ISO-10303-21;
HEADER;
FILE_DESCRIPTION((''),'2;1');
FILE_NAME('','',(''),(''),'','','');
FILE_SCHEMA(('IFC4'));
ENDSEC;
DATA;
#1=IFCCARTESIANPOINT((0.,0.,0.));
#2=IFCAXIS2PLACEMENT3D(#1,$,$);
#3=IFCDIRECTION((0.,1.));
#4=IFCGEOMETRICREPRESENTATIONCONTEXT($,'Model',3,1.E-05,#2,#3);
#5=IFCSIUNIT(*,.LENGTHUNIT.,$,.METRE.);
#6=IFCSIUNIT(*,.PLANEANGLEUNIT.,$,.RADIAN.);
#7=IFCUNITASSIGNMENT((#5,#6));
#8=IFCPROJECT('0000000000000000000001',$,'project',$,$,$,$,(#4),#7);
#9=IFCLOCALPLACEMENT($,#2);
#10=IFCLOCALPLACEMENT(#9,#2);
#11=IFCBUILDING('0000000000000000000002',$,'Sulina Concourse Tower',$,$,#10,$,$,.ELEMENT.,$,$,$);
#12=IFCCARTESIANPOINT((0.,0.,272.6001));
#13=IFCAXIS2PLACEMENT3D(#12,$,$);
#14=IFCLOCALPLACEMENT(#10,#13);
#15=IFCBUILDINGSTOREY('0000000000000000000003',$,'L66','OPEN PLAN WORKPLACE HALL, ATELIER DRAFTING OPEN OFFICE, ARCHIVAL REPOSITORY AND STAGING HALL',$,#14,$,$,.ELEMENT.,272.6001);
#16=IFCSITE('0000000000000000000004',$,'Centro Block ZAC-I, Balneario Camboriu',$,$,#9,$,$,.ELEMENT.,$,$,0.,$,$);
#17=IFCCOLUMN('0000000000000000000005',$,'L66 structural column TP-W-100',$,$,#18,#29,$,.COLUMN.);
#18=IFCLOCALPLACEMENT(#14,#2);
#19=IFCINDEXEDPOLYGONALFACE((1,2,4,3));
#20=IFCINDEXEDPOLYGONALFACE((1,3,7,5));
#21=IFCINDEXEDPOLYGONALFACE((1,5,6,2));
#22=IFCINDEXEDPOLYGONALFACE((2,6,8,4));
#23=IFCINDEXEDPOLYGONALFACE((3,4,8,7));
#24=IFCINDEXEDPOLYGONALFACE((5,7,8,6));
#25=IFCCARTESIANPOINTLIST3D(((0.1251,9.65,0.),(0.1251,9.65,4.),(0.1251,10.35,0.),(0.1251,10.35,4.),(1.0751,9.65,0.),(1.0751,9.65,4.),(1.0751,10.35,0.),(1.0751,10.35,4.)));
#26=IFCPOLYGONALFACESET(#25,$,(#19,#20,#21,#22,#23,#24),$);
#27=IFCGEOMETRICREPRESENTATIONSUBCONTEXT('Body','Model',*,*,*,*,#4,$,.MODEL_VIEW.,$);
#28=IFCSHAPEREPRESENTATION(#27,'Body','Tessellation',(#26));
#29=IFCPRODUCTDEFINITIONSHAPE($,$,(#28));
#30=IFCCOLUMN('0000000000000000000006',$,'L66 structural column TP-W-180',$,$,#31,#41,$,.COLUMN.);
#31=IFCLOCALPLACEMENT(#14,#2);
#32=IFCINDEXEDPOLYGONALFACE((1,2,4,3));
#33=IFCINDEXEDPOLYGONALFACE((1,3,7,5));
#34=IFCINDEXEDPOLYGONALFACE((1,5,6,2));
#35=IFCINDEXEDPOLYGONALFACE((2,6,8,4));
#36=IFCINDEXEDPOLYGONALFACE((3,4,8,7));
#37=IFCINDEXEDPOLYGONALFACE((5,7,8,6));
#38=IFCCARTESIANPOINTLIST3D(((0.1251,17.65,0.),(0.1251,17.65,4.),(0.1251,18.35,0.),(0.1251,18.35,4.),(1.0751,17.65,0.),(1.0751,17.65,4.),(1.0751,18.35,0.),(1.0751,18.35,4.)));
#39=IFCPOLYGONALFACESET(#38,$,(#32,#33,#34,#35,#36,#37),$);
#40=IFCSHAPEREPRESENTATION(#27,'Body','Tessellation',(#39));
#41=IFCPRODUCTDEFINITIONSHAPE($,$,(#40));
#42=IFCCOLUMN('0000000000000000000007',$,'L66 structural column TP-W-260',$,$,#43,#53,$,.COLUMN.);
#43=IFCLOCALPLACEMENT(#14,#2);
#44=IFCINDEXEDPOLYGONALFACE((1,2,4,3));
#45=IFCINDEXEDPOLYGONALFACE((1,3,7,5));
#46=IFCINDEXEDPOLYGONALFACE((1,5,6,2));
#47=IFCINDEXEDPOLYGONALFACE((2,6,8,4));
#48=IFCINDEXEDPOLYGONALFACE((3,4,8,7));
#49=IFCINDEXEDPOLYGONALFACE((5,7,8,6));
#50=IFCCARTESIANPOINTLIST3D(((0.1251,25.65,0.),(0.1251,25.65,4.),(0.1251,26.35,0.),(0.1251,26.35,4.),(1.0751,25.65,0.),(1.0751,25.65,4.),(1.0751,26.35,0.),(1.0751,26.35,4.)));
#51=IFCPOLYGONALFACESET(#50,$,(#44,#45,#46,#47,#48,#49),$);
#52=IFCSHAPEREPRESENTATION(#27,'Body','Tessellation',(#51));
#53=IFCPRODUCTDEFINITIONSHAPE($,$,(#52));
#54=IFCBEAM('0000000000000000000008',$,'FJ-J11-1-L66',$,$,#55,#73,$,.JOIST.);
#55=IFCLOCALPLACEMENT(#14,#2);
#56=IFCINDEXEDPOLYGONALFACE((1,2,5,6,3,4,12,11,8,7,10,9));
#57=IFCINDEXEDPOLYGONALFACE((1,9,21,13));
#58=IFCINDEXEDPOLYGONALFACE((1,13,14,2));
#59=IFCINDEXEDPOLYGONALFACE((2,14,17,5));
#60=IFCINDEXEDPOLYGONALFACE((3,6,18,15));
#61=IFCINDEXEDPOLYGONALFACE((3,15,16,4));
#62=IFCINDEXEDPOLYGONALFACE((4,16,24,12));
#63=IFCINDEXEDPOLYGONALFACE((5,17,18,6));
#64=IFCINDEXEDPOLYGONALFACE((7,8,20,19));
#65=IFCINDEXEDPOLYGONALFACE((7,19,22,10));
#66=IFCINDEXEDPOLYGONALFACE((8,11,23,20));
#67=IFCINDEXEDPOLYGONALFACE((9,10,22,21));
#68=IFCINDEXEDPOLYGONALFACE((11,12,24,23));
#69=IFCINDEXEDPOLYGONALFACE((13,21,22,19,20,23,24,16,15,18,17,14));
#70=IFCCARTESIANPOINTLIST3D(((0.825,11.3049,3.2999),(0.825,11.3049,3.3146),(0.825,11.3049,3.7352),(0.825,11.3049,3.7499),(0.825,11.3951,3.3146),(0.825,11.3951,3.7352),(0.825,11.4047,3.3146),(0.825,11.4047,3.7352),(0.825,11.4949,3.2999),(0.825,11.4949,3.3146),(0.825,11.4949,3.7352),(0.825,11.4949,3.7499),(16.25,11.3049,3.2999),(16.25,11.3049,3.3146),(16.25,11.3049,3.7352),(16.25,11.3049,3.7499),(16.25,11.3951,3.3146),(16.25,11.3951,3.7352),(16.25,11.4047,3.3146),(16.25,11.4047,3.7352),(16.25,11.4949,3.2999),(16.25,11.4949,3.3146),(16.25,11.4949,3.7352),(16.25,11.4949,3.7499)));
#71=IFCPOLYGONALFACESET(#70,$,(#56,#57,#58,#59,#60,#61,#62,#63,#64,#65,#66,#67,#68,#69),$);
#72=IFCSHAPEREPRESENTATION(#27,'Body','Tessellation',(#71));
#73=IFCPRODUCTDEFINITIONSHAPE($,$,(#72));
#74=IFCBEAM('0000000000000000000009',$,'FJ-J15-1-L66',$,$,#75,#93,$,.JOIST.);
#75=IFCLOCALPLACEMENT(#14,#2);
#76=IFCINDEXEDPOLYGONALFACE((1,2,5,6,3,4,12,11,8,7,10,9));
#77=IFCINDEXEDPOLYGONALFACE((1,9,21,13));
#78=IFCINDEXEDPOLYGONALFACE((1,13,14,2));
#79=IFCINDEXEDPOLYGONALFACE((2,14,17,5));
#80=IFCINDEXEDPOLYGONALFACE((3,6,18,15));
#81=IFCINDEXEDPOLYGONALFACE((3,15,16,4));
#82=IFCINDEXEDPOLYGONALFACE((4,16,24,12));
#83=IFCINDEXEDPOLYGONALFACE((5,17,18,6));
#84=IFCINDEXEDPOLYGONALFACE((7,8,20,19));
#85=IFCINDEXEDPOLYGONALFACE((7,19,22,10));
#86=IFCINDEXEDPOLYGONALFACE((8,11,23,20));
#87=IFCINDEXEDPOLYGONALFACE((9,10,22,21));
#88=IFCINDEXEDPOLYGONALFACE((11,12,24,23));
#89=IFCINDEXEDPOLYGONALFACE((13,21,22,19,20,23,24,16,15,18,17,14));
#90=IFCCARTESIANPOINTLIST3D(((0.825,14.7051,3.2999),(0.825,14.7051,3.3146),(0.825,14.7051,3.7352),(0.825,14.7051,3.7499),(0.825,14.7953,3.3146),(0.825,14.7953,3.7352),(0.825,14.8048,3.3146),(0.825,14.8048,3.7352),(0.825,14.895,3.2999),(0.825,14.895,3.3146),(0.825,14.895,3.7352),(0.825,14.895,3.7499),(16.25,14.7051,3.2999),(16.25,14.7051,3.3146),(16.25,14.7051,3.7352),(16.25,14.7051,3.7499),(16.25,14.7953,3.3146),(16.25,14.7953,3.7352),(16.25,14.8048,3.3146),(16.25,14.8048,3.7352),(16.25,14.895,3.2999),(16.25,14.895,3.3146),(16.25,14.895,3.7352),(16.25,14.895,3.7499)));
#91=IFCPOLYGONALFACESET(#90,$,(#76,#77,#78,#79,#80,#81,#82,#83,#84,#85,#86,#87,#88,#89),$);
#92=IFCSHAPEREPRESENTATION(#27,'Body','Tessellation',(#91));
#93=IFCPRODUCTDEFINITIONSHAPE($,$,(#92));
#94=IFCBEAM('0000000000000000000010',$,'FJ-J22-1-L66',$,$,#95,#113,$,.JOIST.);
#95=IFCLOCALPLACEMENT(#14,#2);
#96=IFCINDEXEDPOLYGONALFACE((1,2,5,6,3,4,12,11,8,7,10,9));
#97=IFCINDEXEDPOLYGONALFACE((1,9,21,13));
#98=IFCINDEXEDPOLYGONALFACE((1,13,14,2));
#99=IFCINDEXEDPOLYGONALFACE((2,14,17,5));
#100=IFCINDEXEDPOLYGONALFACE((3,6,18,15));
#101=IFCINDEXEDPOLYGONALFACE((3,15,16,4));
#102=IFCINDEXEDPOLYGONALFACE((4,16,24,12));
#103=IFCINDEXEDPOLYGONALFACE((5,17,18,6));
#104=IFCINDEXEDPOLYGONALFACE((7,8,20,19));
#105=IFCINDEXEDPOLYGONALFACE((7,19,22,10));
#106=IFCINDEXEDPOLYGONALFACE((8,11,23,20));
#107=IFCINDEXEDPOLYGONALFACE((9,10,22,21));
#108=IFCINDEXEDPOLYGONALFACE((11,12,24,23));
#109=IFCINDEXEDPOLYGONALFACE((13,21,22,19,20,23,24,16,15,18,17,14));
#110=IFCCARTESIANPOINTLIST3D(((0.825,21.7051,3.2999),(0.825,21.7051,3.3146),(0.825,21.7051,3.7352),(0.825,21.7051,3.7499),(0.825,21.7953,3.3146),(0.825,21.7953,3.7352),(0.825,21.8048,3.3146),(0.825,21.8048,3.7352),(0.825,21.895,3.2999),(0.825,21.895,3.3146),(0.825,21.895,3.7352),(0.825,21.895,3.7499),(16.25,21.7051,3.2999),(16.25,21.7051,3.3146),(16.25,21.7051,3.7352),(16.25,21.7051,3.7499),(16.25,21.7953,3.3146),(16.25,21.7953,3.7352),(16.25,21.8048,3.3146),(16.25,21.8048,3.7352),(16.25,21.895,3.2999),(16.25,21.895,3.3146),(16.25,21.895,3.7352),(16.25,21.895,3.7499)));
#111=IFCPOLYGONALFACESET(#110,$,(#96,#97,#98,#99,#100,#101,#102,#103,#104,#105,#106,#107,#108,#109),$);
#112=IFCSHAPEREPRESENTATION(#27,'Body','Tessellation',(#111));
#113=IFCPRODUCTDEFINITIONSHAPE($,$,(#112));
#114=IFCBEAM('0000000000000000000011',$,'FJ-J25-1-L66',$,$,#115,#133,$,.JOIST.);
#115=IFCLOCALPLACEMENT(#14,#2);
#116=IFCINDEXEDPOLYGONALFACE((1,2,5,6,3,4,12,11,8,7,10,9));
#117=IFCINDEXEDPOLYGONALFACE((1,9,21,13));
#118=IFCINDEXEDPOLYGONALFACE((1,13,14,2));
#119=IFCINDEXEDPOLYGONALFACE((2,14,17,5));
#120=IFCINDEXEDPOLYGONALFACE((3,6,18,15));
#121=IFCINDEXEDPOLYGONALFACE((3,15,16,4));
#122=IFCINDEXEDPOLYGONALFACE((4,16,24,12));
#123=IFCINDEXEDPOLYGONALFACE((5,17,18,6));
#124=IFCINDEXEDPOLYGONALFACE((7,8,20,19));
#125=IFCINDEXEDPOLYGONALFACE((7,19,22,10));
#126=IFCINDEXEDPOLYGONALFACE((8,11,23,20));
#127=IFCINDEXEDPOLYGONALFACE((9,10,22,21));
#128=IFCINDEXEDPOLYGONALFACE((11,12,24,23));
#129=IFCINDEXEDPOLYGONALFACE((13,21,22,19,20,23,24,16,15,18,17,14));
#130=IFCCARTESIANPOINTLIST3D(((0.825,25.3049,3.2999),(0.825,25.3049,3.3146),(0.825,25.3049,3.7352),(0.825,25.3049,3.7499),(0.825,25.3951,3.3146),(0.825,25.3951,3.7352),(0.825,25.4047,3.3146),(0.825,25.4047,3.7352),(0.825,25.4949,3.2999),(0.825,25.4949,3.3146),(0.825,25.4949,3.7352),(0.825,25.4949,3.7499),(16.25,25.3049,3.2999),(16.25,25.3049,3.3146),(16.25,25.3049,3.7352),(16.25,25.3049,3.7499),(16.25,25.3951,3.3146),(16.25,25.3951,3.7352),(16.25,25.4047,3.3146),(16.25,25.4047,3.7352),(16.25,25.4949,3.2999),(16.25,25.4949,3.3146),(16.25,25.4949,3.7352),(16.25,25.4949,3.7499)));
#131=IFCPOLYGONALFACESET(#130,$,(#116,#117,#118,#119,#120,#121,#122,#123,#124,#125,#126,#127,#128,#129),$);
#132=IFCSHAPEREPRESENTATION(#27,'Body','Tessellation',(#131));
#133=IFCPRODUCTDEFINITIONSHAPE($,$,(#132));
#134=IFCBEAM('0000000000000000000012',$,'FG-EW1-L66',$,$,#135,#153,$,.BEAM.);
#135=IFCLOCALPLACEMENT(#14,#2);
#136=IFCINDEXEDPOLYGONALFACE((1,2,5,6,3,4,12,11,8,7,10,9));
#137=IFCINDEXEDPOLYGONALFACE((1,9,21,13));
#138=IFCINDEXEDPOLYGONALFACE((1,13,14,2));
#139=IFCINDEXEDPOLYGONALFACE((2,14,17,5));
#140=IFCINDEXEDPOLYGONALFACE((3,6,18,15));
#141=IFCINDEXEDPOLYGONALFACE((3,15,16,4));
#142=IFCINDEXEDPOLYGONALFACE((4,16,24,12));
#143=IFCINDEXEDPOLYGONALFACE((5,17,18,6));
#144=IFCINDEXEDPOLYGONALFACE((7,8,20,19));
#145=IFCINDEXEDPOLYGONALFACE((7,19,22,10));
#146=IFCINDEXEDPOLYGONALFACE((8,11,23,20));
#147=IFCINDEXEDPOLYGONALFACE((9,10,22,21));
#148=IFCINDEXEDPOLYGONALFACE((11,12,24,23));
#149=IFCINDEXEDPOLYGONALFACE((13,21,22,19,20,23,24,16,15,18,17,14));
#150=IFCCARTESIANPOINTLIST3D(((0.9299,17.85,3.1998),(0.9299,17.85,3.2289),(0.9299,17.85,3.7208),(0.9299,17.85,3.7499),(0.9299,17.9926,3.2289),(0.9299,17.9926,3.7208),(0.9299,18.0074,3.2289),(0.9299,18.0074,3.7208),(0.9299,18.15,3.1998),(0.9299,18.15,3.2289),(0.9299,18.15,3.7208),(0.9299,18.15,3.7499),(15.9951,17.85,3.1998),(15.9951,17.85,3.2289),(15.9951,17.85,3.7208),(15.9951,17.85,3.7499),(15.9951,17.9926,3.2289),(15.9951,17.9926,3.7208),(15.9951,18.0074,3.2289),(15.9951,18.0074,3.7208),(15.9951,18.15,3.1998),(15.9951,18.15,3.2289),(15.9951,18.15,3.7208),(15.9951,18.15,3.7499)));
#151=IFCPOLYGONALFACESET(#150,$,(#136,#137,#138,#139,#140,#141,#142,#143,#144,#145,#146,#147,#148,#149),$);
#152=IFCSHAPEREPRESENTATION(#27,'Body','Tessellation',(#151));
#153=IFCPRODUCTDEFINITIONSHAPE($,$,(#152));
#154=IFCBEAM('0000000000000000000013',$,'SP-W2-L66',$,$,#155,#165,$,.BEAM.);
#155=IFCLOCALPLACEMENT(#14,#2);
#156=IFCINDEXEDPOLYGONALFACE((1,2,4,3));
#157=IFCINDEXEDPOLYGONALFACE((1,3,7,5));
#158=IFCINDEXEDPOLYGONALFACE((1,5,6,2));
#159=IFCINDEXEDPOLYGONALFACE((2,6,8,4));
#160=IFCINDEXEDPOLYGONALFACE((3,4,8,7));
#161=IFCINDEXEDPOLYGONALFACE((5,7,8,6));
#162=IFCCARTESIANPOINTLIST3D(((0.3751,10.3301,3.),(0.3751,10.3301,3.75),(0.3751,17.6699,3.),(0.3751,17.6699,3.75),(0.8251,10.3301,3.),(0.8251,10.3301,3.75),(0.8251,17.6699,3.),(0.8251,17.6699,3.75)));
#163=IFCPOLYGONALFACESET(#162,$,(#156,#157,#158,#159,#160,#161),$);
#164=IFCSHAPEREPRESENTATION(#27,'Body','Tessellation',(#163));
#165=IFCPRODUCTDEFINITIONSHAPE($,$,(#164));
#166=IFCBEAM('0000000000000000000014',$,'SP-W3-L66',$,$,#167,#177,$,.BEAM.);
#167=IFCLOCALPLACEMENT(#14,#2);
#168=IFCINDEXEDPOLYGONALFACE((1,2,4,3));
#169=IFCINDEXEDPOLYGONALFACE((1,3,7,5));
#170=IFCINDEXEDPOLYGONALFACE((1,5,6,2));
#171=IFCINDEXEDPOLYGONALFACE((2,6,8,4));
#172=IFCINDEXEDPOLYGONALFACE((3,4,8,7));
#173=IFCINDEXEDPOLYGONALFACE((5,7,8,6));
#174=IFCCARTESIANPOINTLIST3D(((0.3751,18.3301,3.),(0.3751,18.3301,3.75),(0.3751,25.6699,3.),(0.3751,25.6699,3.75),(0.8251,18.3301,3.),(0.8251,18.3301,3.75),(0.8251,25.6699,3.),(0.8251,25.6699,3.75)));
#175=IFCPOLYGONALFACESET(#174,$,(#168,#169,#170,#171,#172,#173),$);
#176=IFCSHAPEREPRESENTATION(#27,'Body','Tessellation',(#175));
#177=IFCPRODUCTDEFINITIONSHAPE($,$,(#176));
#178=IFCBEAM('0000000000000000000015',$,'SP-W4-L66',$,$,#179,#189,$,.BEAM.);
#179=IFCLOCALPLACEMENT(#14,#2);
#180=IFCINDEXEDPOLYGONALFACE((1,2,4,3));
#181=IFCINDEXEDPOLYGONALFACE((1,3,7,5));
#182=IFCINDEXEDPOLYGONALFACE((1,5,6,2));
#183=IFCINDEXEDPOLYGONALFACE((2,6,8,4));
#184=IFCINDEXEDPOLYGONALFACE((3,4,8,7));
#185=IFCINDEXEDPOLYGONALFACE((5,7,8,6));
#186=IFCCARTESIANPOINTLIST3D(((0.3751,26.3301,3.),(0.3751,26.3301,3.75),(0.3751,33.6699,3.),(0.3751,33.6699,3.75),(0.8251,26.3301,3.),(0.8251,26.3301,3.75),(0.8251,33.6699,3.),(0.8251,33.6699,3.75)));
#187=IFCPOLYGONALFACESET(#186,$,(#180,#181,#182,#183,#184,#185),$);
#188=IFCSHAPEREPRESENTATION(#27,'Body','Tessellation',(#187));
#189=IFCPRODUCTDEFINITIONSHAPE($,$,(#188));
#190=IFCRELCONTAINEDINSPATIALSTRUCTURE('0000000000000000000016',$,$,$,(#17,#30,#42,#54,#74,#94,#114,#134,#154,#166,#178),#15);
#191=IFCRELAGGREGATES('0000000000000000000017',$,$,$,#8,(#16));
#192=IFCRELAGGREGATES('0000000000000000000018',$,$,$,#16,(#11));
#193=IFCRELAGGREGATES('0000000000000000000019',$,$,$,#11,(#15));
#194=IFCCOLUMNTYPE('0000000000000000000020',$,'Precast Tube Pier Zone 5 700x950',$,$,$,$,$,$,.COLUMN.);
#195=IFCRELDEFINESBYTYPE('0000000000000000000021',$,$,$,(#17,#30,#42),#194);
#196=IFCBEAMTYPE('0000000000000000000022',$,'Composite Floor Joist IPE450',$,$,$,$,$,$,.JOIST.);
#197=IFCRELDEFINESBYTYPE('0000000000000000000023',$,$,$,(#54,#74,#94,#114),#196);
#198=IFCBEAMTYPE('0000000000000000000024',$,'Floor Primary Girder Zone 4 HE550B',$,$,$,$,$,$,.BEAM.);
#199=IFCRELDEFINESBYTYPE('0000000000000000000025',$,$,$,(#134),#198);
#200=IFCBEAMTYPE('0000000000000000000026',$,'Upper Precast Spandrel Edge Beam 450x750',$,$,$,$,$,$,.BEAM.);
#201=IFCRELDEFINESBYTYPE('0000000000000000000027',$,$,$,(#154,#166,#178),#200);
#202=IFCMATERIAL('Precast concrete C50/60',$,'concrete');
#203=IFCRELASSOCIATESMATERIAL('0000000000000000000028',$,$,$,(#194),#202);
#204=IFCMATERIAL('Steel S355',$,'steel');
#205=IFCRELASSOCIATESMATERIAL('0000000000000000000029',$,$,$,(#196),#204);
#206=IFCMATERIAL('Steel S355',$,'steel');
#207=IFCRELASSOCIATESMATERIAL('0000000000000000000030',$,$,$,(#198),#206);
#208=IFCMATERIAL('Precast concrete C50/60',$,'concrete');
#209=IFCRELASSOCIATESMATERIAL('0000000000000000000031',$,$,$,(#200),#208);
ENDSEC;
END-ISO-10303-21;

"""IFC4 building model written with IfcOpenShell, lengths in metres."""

from ifc_helpers import new_model, si_unit, direction, frame, origin, origin_2d, place, context, subcontext, project, spatial, rectangle, i_section, extrude, material, material_profile, profile_set, type_object, element, save


model = new_model("IFC4")

# Units and contexts
model_context = context("Model", 3, precision=1e-05, world=origin(), true_north=direction((0.0, 1.0)))
body_context = subcontext(model_context, "Body", "Model", "MODEL_VIEW")
ifc_project = project(units=[si_unit("LENGTHUNIT", "METRE"), si_unit("PLANEANGLEUNIT", "RADIAN")], contexts=[model_context])

# Site, building, storey
site_placement = place(None, origin())
site = spatial("IfcSite", under=ifc_project, at=site_placement, Name="Centro Block ZAC-I, Balneario Camboriu", CompositionType="ELEMENT", RefElevation=0.0)
building_placement = place(site_placement, origin())
building = spatial("IfcBuilding", under=site, at=building_placement, Name="Sulina Concourse Tower", CompositionType="ELEMENT")
storey_placement = place(building_placement, frame((0.0, 0.0, 272.6001)))
storey = spatial("IfcBuildingStorey", under=building, at=storey_placement, Name="L66", Description="OPEN PLAN WORKPLACE HALL, ATELIER DRAFTING OPEN OFFICE, ARCHIVAL REPOSITORY AND STAGING HALL", CompositionType="ELEMENT", Elevation=272.6001)

# Columns
ifc_material_1 = material(Name="Precast concrete C50/60", Category="concrete")
ifc_material_profile_1 = material_profile(ifc_material_1, rectangle(XDim=0.7, YDim=0.95, at=origin_2d()), Name="PC 700x950")
ifc_profile_set_1 = profile_set([ifc_material_profile_1], Name="Precast concrete C50/60")
column_type = type_object("IfcColumnType", Name="Precast Tube Pier Zone 5 700x950", PredefinedType="COLUMN", material=ifc_profile_set_1)
for number, where, z_axis, x_axis, name in (
    (1, (0.6001, 10.0, 0.0), (0.0, 0.0, 1.0), (0.0, 1.0, 0.0), "L66 structural column TP-W-100"),
    (2, (0.6001, 18.0, 0.0), (0.0, 0.0, 1.0), (0.0, 1.0, 0.0), "L66 structural column TP-W-180"),
    (3, (0.6001, 26.0, 0.0), (0.0, 0.0, 1.0), (0.0, 1.0, 0.0), "L66 structural column TP-W-260"),
):
    element("IfcColumn", number, at=place(storey_placement, frame(where, z_axis=z_axis, x_axis=x_axis)), inside=storey, type_object=column_type, Name=name, PredefinedType="COLUMN", context=body_context, shape_type="SweptSolid", body=[
        extrude(rectangle(XDim=0.7, YDim=0.95, at=origin_2d()), origin(), (0.0, 0.0, 1.0), 4.0),
    ])

# Beams
ifc_material_2 = material(Name="Steel S355", Category="steel")
ifc_material_profile_2 = material_profile(ifc_material_2, i_section(OverallWidth=0.1899, OverallDepth=0.45, WebThickness=0.0095, FlangeThickness=0.0146, at=origin_2d()), Name="IPE 450")
ifc_profile_set_2 = profile_set([ifc_material_profile_2], Name="Steel S355")
beam_type_1 = type_object("IfcBeamType", Name="Composite Floor Joist IPE450", PredefinedType="JOIST", material=ifc_profile_set_2)
for number, where, z_axis, x_axis, name in (
    (4, (0.825, 11.3999, 3.5249), (1.0, 0.0, 0.0), (0.0, 1.0, 0.0), "FJ-J11-1-L66"),
    (5, (0.825, 14.8, 3.5249), (1.0, 0.0, 0.0), (0.0, 1.0, 0.0), "FJ-J15-1-L66"),
    (6, (0.825, 21.8, 3.5249), (1.0, 0.0, 0.0), (0.0, 1.0, 0.0), "FJ-J22-1-L66"),
    (7, (0.825, 25.3999, 3.5249), (1.0, 0.0, 0.0), (0.0, 1.0, 0.0), "FJ-J25-1-L66"),
):
    element("IfcBeam", number, at=place(storey_placement, frame(where, z_axis=z_axis, x_axis=x_axis)), inside=storey, type_object=beam_type_1, Name=name, PredefinedType="JOIST", context=body_context, shape_type="SweptSolid", body=[
        extrude(i_section(OverallWidth=0.1899, OverallDepth=0.45, WebThickness=0.0095, FlangeThickness=0.0146, at=origin_2d()), origin(), (0.0, 0.0, 1.0), 15.425),
    ])
ifc_material_3 = material(Name="Steel S355", Category="steel")
ifc_material_profile_3 = material_profile(ifc_material_3, i_section(OverallWidth=0.3, OverallDepth=0.55, WebThickness=0.0149, FlangeThickness=0.0291, at=origin_2d()), Name="HE 550 B")
ifc_profile_set_3 = profile_set([ifc_material_profile_3], Name="Steel S355")
beam_type_2 = type_object("IfcBeamType", Name="Floor Primary Girder Zone 4 HE550B", PredefinedType="BEAM", material=ifc_profile_set_3)
beam_placement = place(storey_placement, frame((0.9299, 18.0, 3.4749), z_axis=(1.0, 0.0, 0.0), x_axis=(0.0, 1.0, 0.0)))
element("IfcBeam", 8, at=beam_placement, inside=storey, type_object=beam_type_2, Name="FG-EW1-L66", PredefinedType="BEAM", context=body_context, shape_type="SweptSolid", body=[
    extrude(i_section(OverallWidth=0.3, OverallDepth=0.55, WebThickness=0.0149, FlangeThickness=0.0291, at=origin_2d()), origin(), (0.0, 0.0, 1.0), 15.0652),
])
ifc_material_4 = material(Name="Precast concrete C50/60", Category="concrete")
ifc_material_profile_4 = material_profile(ifc_material_4, rectangle(XDim=0.45, YDim=0.75, at=origin_2d()), Name="RC 450x750")
ifc_profile_set_4 = profile_set([ifc_material_profile_4], Name="Precast concrete C50/60")
beam_type_3 = type_object("IfcBeamType", Name="Upper Precast Spandrel Edge Beam 450x750", PredefinedType="BEAM", material=ifc_profile_set_4)
for number, where, z_axis, x_axis, name in (
    (9, (0.6001, 10.3301, 3.375), (0.0, 1.0, 0.0), (-1.0, 0.0, 0.0), "SP-W2-L66"),
    (10, (0.6001, 18.3301, 3.375), (0.0, 1.0, 0.0), (-1.0, 0.0, 0.0), "SP-W3-L66"),
    (11, (0.6001, 26.3301, 3.375), (0.0, 1.0, 0.0), (-1.0, 0.0, 0.0), "SP-W4-L66"),
):
    element("IfcBeam", number, at=place(storey_placement, frame(where, z_axis=z_axis, x_axis=x_axis)), inside=storey, type_object=beam_type_3, Name=name, PredefinedType="BEAM", context=body_context, shape_type="SweptSolid", body=[
        extrude(rectangle(XDim=0.45, YDim=0.75, at=origin_2d()), origin(), (0.0, 0.0, 1.0), 7.3398),
    ])

save(model, "model.ifc")
